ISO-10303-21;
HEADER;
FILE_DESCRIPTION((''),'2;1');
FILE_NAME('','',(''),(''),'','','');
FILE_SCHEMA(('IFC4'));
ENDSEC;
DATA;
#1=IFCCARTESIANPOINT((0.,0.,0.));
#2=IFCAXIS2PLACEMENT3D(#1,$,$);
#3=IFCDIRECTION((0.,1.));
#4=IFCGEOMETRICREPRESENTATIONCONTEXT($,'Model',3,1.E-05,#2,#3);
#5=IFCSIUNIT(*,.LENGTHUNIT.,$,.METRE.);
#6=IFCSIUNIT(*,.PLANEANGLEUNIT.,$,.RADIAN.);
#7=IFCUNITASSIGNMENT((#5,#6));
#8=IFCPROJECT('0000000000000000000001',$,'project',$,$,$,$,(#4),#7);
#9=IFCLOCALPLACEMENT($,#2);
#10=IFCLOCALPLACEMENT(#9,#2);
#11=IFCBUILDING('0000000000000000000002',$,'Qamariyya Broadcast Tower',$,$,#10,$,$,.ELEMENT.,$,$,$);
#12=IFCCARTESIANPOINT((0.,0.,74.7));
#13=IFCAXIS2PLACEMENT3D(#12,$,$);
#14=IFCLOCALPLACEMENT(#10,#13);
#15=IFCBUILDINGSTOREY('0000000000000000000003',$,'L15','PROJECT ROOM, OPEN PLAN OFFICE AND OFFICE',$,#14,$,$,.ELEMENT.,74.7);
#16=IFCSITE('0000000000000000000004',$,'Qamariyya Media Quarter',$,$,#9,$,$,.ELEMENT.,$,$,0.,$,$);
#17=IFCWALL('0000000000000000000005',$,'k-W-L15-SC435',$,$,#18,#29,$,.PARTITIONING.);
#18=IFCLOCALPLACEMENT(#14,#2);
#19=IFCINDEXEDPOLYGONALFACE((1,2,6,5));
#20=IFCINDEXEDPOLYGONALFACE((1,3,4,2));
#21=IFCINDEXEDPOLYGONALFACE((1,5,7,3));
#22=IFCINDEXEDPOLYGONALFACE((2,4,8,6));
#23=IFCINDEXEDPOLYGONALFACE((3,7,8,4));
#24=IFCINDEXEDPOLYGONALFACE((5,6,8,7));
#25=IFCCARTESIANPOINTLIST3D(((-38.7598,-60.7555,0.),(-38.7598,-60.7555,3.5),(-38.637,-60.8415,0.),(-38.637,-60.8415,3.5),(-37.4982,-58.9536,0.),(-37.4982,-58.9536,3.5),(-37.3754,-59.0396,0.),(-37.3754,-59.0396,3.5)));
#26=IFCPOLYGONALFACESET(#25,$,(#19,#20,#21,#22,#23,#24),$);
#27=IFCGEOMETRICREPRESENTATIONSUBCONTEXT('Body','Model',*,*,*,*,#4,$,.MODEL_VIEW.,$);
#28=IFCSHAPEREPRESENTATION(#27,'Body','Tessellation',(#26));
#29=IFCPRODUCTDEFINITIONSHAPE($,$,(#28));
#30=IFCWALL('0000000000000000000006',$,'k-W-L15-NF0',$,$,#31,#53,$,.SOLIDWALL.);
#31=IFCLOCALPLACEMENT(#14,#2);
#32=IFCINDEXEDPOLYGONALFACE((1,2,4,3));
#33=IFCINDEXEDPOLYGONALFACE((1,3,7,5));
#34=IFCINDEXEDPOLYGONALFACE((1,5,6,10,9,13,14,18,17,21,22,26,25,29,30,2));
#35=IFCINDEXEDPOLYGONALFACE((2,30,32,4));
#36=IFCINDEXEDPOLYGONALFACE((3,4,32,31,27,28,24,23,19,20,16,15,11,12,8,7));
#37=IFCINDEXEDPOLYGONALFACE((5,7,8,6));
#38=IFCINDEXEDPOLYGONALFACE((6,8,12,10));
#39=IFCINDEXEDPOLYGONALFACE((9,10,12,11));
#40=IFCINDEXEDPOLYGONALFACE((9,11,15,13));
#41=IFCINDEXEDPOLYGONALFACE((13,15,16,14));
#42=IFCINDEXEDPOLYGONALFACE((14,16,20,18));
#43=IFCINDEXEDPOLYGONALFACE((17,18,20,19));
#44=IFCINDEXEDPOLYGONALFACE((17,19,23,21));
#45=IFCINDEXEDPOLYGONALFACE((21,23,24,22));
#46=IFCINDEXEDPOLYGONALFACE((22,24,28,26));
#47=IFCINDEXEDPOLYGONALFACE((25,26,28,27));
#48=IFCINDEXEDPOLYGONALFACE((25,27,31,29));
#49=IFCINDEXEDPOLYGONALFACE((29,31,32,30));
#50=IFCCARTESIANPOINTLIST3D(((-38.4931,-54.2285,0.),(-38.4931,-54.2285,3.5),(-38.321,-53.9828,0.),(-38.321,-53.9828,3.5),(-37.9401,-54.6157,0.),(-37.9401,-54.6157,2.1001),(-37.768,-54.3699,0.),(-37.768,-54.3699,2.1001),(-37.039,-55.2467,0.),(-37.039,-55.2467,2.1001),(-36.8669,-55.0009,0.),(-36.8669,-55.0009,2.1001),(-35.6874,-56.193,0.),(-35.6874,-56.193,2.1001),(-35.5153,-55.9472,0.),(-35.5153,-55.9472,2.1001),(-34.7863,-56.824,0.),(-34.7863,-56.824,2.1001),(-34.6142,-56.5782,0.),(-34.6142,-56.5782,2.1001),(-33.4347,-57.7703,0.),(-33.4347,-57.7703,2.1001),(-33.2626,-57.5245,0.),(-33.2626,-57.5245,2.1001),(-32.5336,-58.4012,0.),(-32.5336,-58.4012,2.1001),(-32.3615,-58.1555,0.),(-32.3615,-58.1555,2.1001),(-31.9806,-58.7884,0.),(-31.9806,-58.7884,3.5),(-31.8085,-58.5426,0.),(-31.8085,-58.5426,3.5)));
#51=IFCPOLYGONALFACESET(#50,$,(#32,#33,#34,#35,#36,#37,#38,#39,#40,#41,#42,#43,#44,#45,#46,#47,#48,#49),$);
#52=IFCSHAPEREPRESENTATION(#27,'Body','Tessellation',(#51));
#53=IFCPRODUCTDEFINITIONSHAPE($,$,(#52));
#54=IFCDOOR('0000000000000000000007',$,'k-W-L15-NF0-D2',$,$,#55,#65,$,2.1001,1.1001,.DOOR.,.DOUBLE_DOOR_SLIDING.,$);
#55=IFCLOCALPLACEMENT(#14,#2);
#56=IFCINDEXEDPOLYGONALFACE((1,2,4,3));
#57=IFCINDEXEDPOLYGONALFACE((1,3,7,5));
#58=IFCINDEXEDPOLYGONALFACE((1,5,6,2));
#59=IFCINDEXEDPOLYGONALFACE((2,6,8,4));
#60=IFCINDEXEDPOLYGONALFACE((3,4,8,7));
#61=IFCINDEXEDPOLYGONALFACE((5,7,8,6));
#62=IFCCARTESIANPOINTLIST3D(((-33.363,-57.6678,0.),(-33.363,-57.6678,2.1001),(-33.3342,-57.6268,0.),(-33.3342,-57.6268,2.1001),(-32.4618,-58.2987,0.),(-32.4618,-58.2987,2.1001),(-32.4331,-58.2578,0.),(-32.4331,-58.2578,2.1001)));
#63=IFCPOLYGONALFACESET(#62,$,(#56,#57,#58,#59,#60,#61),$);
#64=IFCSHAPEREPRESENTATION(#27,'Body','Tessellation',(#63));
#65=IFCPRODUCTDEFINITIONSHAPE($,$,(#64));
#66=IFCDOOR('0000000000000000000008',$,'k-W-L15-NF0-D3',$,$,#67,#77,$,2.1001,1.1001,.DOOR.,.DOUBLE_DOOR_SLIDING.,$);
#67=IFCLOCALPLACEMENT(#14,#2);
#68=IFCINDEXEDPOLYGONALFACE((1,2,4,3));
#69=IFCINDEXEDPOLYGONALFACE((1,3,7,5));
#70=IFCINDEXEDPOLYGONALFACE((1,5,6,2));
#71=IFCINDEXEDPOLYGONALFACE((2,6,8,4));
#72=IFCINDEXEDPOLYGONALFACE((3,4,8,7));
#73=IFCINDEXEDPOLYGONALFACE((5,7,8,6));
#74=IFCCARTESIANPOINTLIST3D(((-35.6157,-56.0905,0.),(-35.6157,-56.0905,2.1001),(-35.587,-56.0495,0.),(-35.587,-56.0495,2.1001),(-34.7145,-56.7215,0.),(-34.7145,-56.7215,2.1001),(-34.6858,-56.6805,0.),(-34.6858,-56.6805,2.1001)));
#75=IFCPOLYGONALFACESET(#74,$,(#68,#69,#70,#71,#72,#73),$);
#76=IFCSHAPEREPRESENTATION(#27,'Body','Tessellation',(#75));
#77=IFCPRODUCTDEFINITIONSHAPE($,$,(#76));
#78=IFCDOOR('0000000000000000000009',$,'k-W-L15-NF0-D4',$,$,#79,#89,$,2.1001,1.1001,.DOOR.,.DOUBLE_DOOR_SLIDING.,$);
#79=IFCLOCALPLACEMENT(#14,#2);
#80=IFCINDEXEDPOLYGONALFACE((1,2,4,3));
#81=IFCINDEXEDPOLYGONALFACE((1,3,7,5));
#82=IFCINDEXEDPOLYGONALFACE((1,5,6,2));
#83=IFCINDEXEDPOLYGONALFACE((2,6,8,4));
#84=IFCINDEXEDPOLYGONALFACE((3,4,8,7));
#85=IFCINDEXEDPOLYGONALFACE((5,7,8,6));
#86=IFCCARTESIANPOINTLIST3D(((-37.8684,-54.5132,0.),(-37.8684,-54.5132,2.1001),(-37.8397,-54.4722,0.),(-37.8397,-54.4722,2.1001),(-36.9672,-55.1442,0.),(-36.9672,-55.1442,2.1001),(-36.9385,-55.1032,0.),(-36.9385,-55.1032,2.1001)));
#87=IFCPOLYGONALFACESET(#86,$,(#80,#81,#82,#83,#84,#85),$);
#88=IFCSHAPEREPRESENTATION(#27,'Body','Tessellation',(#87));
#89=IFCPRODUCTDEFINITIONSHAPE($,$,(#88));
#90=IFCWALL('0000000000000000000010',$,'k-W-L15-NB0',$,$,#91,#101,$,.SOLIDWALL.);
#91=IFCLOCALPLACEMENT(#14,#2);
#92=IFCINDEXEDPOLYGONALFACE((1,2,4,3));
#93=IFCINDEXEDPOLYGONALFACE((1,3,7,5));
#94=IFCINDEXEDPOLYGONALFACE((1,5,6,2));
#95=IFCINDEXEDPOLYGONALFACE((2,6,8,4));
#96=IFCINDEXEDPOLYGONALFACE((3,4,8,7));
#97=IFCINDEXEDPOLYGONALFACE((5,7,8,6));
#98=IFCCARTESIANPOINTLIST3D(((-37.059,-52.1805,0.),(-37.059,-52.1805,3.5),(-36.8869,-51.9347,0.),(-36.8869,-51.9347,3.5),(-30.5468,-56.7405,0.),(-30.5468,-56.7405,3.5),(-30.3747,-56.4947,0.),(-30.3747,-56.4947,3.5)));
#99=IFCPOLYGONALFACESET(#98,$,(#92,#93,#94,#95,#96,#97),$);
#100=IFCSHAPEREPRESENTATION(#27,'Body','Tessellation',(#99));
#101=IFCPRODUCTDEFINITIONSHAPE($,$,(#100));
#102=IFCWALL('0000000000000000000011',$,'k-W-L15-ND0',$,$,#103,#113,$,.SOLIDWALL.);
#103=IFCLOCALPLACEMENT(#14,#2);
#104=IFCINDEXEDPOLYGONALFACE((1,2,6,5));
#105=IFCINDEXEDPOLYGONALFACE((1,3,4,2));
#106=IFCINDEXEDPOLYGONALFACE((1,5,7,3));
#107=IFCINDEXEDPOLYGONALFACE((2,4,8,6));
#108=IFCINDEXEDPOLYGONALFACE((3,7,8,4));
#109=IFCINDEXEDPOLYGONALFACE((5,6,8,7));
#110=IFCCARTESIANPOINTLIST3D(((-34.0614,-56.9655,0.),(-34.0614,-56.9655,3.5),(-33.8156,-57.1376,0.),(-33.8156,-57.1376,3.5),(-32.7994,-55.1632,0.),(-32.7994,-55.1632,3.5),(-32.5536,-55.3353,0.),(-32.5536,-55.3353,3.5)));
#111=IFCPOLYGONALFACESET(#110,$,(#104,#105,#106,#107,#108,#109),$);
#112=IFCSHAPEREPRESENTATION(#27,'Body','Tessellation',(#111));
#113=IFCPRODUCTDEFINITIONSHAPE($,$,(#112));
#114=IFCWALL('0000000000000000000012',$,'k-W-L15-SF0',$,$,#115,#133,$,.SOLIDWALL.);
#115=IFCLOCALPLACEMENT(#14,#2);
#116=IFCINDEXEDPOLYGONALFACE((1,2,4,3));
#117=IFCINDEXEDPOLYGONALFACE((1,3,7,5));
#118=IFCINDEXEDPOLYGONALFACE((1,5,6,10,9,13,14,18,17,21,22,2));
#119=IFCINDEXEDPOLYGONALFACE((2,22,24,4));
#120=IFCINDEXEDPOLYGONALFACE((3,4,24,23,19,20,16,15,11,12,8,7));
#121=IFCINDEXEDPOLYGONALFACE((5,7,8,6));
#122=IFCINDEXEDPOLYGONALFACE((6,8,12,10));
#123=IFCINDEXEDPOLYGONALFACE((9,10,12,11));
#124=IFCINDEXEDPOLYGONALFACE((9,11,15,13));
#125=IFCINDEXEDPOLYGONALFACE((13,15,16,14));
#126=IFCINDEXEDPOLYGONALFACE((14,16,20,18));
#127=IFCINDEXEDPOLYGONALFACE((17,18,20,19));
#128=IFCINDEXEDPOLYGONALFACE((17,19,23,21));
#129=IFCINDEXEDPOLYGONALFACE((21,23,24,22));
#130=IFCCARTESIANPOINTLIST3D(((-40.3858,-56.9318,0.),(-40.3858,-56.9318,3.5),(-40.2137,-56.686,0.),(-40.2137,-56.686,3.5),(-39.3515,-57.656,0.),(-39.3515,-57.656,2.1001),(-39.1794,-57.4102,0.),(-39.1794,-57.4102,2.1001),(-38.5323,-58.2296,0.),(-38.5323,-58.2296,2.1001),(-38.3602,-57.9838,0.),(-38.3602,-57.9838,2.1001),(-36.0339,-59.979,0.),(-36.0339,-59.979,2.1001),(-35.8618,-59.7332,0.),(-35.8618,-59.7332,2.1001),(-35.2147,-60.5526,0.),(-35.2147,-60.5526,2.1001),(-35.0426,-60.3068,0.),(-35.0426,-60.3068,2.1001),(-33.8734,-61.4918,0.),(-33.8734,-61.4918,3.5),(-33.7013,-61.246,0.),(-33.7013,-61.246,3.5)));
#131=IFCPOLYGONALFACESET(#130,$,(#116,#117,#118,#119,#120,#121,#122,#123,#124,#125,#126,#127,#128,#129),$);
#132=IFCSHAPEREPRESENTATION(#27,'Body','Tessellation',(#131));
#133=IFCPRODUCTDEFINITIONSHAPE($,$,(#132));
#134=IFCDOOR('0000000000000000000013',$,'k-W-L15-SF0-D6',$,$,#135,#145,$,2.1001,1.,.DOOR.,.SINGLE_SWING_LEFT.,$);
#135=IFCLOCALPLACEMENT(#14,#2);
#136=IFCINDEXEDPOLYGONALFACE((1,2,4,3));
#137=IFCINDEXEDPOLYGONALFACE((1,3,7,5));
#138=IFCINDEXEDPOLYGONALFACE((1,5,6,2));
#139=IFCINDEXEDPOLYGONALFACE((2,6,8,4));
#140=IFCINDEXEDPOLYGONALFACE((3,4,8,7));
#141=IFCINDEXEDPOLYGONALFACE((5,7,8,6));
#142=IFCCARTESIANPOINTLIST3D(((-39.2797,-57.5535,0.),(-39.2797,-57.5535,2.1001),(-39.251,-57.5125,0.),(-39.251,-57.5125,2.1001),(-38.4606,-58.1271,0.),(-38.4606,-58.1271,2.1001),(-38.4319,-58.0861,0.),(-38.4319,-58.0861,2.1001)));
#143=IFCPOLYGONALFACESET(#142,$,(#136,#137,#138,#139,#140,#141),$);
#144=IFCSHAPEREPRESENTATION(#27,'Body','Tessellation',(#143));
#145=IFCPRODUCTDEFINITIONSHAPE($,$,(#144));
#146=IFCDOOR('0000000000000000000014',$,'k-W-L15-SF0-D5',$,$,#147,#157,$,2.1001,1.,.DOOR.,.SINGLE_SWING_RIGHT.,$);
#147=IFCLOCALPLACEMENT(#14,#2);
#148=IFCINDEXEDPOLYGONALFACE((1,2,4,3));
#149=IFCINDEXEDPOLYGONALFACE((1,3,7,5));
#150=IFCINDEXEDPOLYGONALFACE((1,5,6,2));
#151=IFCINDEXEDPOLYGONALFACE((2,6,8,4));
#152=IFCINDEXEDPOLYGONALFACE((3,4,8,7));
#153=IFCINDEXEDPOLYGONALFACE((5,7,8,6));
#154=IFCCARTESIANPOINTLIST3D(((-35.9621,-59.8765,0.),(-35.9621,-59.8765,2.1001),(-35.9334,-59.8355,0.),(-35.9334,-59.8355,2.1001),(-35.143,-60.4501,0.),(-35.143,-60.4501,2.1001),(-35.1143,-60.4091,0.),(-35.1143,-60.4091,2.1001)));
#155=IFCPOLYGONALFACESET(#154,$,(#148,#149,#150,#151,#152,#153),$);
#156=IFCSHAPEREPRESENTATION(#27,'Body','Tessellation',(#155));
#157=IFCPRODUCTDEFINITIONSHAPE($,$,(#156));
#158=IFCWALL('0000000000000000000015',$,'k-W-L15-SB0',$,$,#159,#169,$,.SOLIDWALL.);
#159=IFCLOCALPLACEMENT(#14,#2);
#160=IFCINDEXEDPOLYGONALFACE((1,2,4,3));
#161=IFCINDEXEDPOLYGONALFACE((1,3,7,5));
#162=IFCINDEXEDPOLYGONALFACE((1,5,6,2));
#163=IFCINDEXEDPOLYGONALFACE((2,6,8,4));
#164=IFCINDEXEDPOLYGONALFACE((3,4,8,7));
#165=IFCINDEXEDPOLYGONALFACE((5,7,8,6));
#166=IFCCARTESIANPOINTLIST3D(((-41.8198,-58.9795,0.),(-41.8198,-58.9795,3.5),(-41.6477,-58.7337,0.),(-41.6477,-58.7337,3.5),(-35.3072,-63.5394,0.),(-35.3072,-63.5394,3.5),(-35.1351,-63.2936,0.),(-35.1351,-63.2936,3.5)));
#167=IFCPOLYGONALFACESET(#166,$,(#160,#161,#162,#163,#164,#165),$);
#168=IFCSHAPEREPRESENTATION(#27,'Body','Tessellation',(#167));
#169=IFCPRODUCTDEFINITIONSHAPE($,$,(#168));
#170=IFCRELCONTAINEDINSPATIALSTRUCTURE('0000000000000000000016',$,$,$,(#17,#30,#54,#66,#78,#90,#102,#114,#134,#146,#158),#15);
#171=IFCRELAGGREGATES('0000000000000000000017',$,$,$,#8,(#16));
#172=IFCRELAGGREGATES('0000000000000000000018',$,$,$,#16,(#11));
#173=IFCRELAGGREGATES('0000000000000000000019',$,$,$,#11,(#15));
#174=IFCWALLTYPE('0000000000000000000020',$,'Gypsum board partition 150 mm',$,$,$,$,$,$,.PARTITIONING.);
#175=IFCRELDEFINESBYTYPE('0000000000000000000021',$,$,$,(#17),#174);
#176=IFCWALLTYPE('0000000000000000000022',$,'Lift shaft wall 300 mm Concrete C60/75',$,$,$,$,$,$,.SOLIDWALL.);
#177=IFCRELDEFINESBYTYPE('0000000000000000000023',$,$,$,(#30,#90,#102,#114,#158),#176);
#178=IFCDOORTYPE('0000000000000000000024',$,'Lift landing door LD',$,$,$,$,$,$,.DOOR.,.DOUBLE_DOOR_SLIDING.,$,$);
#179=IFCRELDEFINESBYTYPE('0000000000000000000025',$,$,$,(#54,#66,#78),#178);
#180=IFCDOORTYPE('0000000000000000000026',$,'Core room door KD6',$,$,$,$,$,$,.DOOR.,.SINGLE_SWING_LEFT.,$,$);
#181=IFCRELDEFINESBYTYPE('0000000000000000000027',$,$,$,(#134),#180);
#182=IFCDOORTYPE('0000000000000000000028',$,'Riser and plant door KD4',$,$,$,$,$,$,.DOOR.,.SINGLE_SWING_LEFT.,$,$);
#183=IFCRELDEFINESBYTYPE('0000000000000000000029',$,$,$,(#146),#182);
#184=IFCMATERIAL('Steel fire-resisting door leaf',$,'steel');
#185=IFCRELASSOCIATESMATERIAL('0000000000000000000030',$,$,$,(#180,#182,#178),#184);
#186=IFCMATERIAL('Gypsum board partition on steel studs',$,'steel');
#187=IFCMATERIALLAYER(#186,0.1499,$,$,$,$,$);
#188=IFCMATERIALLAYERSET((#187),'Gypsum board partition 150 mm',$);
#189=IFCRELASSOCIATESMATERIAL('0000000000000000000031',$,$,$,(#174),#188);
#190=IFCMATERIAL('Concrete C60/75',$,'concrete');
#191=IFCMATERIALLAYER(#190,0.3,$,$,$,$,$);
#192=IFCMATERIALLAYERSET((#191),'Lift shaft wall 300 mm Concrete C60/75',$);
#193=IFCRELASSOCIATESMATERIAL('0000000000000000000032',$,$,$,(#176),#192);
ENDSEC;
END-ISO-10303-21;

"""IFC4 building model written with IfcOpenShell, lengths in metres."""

from ifc_helpers import new_model, si_unit, direction, frame, frame_2d, origin, place, context, subcontext, project, spatial, rectangle, extrude, material, layer, layer_set, type_object, element, fill, save


model = new_model("IFC4")

# Units and contexts
model_context = context("Model", 3, precision=1e-05, world=origin(), true_north=direction((0.0, 1.0)))
body_context = subcontext(model_context, "Body", "Model", "MODEL_VIEW")
ifc_project = project(units=[si_unit("LENGTHUNIT", "METRE"), si_unit("PLANEANGLEUNIT", "RADIAN")], contexts=[model_context])

# Site, building, storey
site_placement = place(None, origin())
site = spatial("IfcSite", under=ifc_project, at=site_placement, Name="Qamariyya Media Quarter", CompositionType="ELEMENT", RefElevation=0.0)
building_placement = place(site_placement, origin())
building = spatial("IfcBuilding", under=site, at=building_placement, Name="Qamariyya Broadcast Tower", CompositionType="ELEMENT")
storey_placement = place(building_placement, frame((0.0, 0.0, 74.7)))
storey = spatial("IfcBuildingStorey", under=building, at=storey_placement, Name="L15", Description="PROJECT ROOM, OPEN PLAN OFFICE AND OFFICE", CompositionType="ELEMENT", Elevation=74.7)

# Shared definitions
ifc_material_1 = material(Name="Steel fire-resisting door leaf", Category="steel")

# Shared definitions
door_type_1 = type_object("IfcDoorType", Name="Core room door KD6", OperationType="SINGLE_SWING_LEFT", PredefinedType="DOOR", material=ifc_material_1)
door_type_2 = type_object("IfcDoorType", Name="Riser and plant door KD4", OperationType="SINGLE_SWING_LEFT", PredefinedType="DOOR", material=ifc_material_1)

# Wall
ifc_material_2 = material(Name="Gypsum board partition on steel studs", Category="steel")
ifc_layer_1 = layer(ifc_material_2, 0.1499)
ifc_layer_set_1 = layer_set([ifc_layer_1], Name="Gypsum board partition 150 mm")
wall_type_1 = type_object("IfcWallType", Name="Gypsum board partition 150 mm", PredefinedType="PARTITIONING", material=ifc_layer_set_1)
wall_1_placement = place(storey_placement, frame((-37.4368, -58.9966, 0.0), z_axis=(0.0, 0.0, 1.0), x_axis=(-0.573559, -0.819164, 0.0)))
element("IfcWall", 1, at=wall_1_placement, inside=storey, type_object=wall_type_1, Name="k-W-L15-SC435", PredefinedType="PARTITIONING", context=body_context, shape_type="SweptSolid", body=[
    extrude(rectangle(XDim=2.1997, YDim=0.1499, at=frame_2d((1.0999, 0.0))), origin(), (0.0, 0.0, 1.0), 3.5),
])

# Wall, openings, doors
ifc_material_3 = material(Name="Concrete C60/75", Category="concrete")
ifc_layer_2 = layer(ifc_material_3, 0.3)
ifc_layer_set_2 = layer_set([ifc_layer_2], Name="Lift shaft wall 300 mm Concrete C60/75")
wall_type_2 = type_object("IfcWallType", Name="Lift shaft wall 300 mm Concrete C60/75", PredefinedType="SOLIDWALL", material=ifc_layer_set_2)
wall_2_placement = place(storey_placement, frame((-31.8945, -58.6655, 0.0), z_axis=(0.0, 0.0, 1.0), x_axis=(-0.819167, 0.573555, 0.0)))
wall_2 = element("IfcWall", 2, at=wall_2_placement, inside=storey, type_object=wall_type_2, Name="k-W-L15-NF0", PredefinedType="SOLIDWALL", context=body_context, shape_type="SweptSolid", body=[
    extrude(rectangle(XDim=7.9502, YDim=0.3, at=frame_2d((3.9751, 0.0))), origin(), (0.0, 0.0, 1.0), 3.5),
])
opening_1_placement = place(wall_2_placement, frame((0.675, 0.0, 0.0)))
opening_1 = element("IfcOpeningElement", 3, at=opening_1_placement, cuts=wall_2, PredefinedType="OPENING", context=body_context, shape_type="SweptSolid", body=[
    extrude(rectangle(XDim=1.1001, YDim=2.1001, at=frame_2d((0.55, 1.05))), frame((0.0, 0.1599, 0.0), z_axis=(0.0, -1.0, 0.0), x_axis=(1.0, 0.0, 0.0)), (0.0, 0.0, 1.0), 0.3201),
])
opening_2_placement = place(wall_2_placement, frame((3.425, 0.0, 0.0)))
opening_2 = element("IfcOpeningElement", 4, at=opening_2_placement, cuts=wall_2, PredefinedType="OPENING", context=body_context, shape_type="SweptSolid", body=[
    extrude(rectangle(XDim=1.1001, YDim=2.1001, at=frame_2d((0.55, 1.05))), frame((0.0, 0.1599, 0.0), z_axis=(0.0, -1.0, 0.0), x_axis=(1.0, 0.0, 0.0)), (0.0, 0.0, 1.0), 0.3201),
])
opening_3_placement = place(wall_2_placement, frame((6.175, 0.0, 0.0)))
opening_3 = element("IfcOpeningElement", 5, at=opening_3_placement, cuts=wall_2, PredefinedType="OPENING", context=body_context, shape_type="SweptSolid", body=[
    extrude(rectangle(XDim=1.1001, YDim=2.1001, at=frame_2d((0.55, 1.05))), frame((0.0, 0.1599, 0.0), z_axis=(0.0, -1.0, 0.0), x_axis=(1.0, 0.0, 0.0)), (0.0, 0.0, 1.0), 0.3201),
])
door_type_3 = type_object("IfcDoorType", Name="Lift landing door LD", OperationType="DOUBLE_DOOR_SLIDING", PredefinedType="DOOR", material=ifc_material_1)
door_1_placement = place(opening_1_placement, origin())
door_1 = element("IfcDoor", 6, at=door_1_placement, inside=storey, type_object=door_type_3, Name="k-W-L15-NF0-D2", OperationType="DOUBLE_DOOR_SLIDING", OverallHeight=2.1001, OverallWidth=1.1001, PredefinedType="DOOR", context=body_context, shape_type="SweptSolid", body=[
    extrude(rectangle(XDim=1.1001, YDim=2.1001, at=frame_2d((0.55, 1.05))), frame((0.0, 0.0249, 0.0), z_axis=(0.0, -1.0, 0.0), x_axis=(1.0, 0.0, 0.0)), (0.0, 0.0, 1.0), 0.05),
])
fill(opening_1, door_1)
door_2_placement = place(opening_2_placement, origin())
door_2 = element("IfcDoor", 7, at=door_2_placement, inside=storey, type_object=door_type_3, Name="k-W-L15-NF0-D3", OperationType="DOUBLE_DOOR_SLIDING", OverallHeight=2.1001, OverallWidth=1.1001, PredefinedType="DOOR", context=body_context, shape_type="SweptSolid", body=[
    extrude(rectangle(XDim=1.1001, YDim=2.1001, at=frame_2d((0.55, 1.05))), frame((0.0, 0.0249, 0.0), z_axis=(0.0, -1.0, 0.0), x_axis=(1.0, 0.0, 0.0)), (0.0, 0.0, 1.0), 0.05),
])
fill(opening_2, door_2)
door_3_placement = place(opening_3_placement, origin())
door_3 = element("IfcDoor", 8, at=door_3_placement, inside=storey, type_object=door_type_3, Name="k-W-L15-NF0-D4", OperationType="DOUBLE_DOOR_SLIDING", OverallHeight=2.1001, OverallWidth=1.1001, PredefinedType="DOOR", context=body_context, shape_type="SweptSolid", body=[
    extrude(rectangle(XDim=1.1001, YDim=2.1001, at=frame_2d((0.55, 1.05))), frame((0.0, 0.0249, 0.0), z_axis=(0.0, -1.0, 0.0), x_axis=(1.0, 0.0, 0.0)), (0.0, 0.0, 1.0), 0.05),
])
fill(opening_3, door_3)

# Walls
wall_3_placement = place(storey_placement, frame((-30.4607, -56.6177, 0.0), z_axis=(0.0, 0.0, 1.0), x_axis=(-0.819142, 0.57359, 0.0)))
element("IfcWall", 9, at=wall_3_placement, inside=storey, type_object=wall_type_2, Name="k-W-L15-NB0", PredefinedType="SOLIDWALL", context=body_context, shape_type="SweptSolid", body=[
    extrude(rectangle(XDim=7.95, YDim=0.3, at=frame_2d((3.9751, 0.0))), origin(), (0.0, 0.0, 1.0), 3.5),
])
wall_4_placement = place(storey_placement, frame((-33.9385, -57.0515, 0.0), z_axis=(0.0, 0.0, 1.0), x_axis=(0.573581, 0.819149, 0.0)))
element("IfcWall", 10, at=wall_4_placement, inside=storey, type_object=wall_type_2, Name="k-W-L15-ND0", PredefinedType="SOLIDWALL", context=body_context, shape_type="SweptSolid", body=[
    extrude(rectangle(XDim=2.2002, YDim=0.3, at=frame_2d((1.1001, 0.0))), origin(), (0.0, 0.0, 1.0), 3.5),
])

# Wall, openings, doors
wall_5_placement = place(storey_placement, frame((-33.7874, -61.3689, 0.0), z_axis=(0.0, 0.0, 1.0), x_axis=(-0.819153, 0.573576, 0.0)))
wall_5 = element("IfcWall", 11, at=wall_5_placement, inside=storey, type_object=wall_type_2, Name="k-W-L15-SF0", PredefinedType="SOLIDWALL", context=body_context, shape_type="SweptSolid", body=[
    extrude(rectangle(XDim=7.9502, YDim=0.3, at=frame_2d((3.9751, 0.0))), origin(), (0.0, 0.0, 1.0), 3.5),
])
opening_4_placement = place(wall_5_placement, frame((1.6375, 0.0, 0.0)))
opening_4 = element("IfcOpeningElement", 12, at=opening_4_placement, cuts=wall_5, PredefinedType="OPENING", context=body_context, shape_type="SweptSolid", body=[
    extrude(rectangle(XDim=1.0, YDim=2.1001, at=frame_2d((0.5, 1.05))), frame((0.0, 0.1599, 0.0), z_axis=(0.0, -1.0, 0.0), x_axis=(1.0, 0.0, 0.0)), (0.0, 0.0, 1.0), 0.3201),
])
opening_5_placement = place(wall_5_placement, frame((5.6875, 0.0, 0.0)))
opening_5 = element("IfcOpeningElement", 13, at=opening_5_placement, cuts=wall_5, PredefinedType="OPENING", context=body_context, shape_type="SweptSolid", body=[
    extrude(rectangle(XDim=1.0, YDim=2.1001, at=frame_2d((0.5, 1.05))), frame((0.0, 0.1599, 0.0), z_axis=(0.0, -1.0, 0.0), x_axis=(1.0, 0.0, 0.0)), (0.0, 0.0, 1.0), 0.3201),
])
door_4_placement = place(opening_5_placement, origin())
door_4 = element("IfcDoor", 14, at=door_4_placement, inside=storey, type_object=door_type_1, Name="k-W-L15-SF0-D6", OperationType="SINGLE_SWING_LEFT", OverallHeight=2.1001, OverallWidth=1.0, PredefinedType="DOOR", context=body_context, shape_type="SweptSolid", body=[
    extrude(rectangle(XDim=1.0, YDim=2.1001, at=frame_2d((0.5, 1.05))), frame((0.0, 0.0249, 0.0), z_axis=(0.0, -1.0, 0.0), x_axis=(1.0, 0.0, 0.0)), (0.0, 0.0, 1.0), 0.05),
])
fill(opening_5, door_4)
door_5_placement = place(opening_4_placement, origin())
door_5 = element("IfcDoor", 15, at=door_5_placement, inside=storey, type_object=door_type_2, Name="k-W-L15-SF0-D5", OperationType="SINGLE_SWING_RIGHT", OverallHeight=2.1001, OverallWidth=1.0, PredefinedType="DOOR", context=body_context, shape_type="SweptSolid", body=[
    extrude(rectangle(XDim=1.0, YDim=2.1001, at=frame_2d((0.5, 1.05))), frame((0.0, 0.0249, 0.0), z_axis=(0.0, -1.0, 0.0), x_axis=(1.0, 0.0, 0.0)), (0.0, 0.0, 1.0), 0.05),
])
fill(opening_4, door_5)

# Wall
wall_6_placement = place(storey_placement, frame((-35.2212, -63.4165, 0.0), z_axis=(0.0, 0.0, 1.0), x_axis=(-0.819167, 0.573555, 0.0)))
element("IfcWall", 16, at=wall_6_placement, inside=storey, type_object=wall_type_2, Name="k-W-L15-SB0", PredefinedType="SOLIDWALL", context=body_context, shape_type="SweptSolid", body=[
    extrude(rectangle(XDim=7.9502, YDim=0.3, at=frame_2d((3.9751, 0.0))), origin(), (0.0, 0.0, 1.0), 3.5),
])

save(model, "model.ifc")
